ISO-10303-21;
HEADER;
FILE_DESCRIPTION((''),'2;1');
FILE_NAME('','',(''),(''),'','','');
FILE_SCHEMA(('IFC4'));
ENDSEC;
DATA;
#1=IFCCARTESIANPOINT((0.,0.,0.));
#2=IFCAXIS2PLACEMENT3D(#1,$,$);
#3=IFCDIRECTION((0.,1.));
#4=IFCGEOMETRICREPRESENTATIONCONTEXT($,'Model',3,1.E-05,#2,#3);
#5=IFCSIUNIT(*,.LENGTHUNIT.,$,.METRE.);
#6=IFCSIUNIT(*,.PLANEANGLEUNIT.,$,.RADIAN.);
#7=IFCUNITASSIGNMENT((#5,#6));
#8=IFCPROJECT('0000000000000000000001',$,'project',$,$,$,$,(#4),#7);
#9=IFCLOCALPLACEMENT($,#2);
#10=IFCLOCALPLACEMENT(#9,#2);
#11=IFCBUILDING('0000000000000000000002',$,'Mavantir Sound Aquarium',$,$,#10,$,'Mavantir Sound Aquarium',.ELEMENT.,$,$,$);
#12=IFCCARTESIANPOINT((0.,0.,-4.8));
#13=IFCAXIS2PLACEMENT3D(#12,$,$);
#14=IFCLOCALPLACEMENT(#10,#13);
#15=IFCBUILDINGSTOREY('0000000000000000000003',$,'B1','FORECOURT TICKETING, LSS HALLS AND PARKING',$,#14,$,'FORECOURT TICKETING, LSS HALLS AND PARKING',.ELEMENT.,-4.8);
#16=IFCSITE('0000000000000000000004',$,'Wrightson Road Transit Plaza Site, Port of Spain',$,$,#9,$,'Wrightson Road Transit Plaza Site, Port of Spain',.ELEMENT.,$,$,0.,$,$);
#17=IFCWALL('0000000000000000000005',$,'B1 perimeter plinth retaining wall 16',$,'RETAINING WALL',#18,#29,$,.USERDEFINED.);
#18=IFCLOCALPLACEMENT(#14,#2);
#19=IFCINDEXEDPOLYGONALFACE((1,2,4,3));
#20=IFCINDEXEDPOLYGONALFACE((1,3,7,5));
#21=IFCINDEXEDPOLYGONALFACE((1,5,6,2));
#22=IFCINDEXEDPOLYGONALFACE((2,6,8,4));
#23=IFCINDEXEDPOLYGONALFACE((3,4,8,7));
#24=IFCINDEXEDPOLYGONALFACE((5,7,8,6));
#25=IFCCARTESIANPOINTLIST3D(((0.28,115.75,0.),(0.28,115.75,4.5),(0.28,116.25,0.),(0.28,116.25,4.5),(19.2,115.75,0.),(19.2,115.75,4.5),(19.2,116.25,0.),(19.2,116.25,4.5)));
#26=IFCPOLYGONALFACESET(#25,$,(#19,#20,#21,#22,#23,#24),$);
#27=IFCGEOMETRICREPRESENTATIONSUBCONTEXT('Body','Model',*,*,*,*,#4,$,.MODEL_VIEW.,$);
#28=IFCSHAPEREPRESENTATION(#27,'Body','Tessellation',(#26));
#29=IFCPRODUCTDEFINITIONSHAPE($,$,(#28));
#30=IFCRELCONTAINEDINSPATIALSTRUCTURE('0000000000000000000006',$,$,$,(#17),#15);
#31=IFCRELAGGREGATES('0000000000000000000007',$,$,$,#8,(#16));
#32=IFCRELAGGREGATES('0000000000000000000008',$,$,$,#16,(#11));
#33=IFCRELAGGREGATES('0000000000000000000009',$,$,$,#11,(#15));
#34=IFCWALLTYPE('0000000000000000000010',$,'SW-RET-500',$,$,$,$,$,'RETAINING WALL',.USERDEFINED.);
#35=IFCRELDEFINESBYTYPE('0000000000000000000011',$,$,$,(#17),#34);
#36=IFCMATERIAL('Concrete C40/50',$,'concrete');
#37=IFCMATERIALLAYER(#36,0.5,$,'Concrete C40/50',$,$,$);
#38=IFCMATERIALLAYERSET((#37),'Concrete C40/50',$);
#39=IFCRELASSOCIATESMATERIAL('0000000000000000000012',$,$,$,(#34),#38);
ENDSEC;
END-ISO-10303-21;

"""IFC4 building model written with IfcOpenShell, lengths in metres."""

from ifc_helpers import new_model, si_unit, direction, frame, frame_2d, origin, place, context, subcontext, project, spatial, rectangle, extrude, material, layer, layer_set, type_object, element, save


model = new_model("IFC4")

# Units and contexts
model_context = context("Model", 3, precision=1e-05, world=origin(), true_north=direction((0.0, 1.0)))
body_context = subcontext(model_context, "Body", "Model", "MODEL_VIEW")
ifc_project = project(units=[si_unit("LENGTHUNIT", "METRE"), si_unit("PLANEANGLEUNIT", "RADIAN")], contexts=[model_context])

# Site, building, storey
site_placement = place(None, origin())
site = spatial("IfcSite", under=ifc_project, at=site_placement, Name="Wrightson Road Transit Plaza Site, Port of Spain", LongName="Wrightson Road Transit Plaza Site, Port of Spain", CompositionType="ELEMENT", RefElevation=0.0)
building_placement = place(site_placement, origin())
building = spatial("IfcBuilding", under=site, at=building_placement, Name="Mavantir Sound Aquarium", LongName="Mavantir Sound Aquarium", CompositionType="ELEMENT")
storey_placement = place(building_placement, frame((0.0, 0.0, -4.8)))
storey = spatial("IfcBuildingStorey", under=building, at=storey_placement, Name="B1", Description="FORECOURT TICKETING, LSS HALLS AND PARKING", LongName="FORECOURT TICKETING, LSS HALLS AND PARKING", CompositionType="ELEMENT", Elevation=-4.8)

# Shared definitions
ifc_material_1 = material(Name="Concrete C40/50", Category="concrete")

# Wall
ifc_layer = layer(ifc_material_1, 0.5, Name="Concrete C40/50")
ifc_layer_set = layer_set([ifc_layer], Name="Concrete C40/50")
wall_type = type_object("IfcWallType", Name="SW-RET-500", ElementType="RETAINING WALL", PredefinedType="USERDEFINED", material=ifc_layer_set)
wall_placement = place(storey_placement, frame((0.28, 116.0, 0.0), z_axis=(0.0, 0.0, 1.0), x_axis=(1.0, 0.0, 0.0)))
element("IfcWall", 1, at=wall_placement, inside=storey, type_object=wall_type, Name="B1 perimeter plinth retaining wall 16", ObjectType="RETAINING WALL", PredefinedType="USERDEFINED", context=body_context, shape_type="SweptSolid", body=[
    extrude(rectangle(XDim=18.9199, YDim=0.5, at=frame_2d((9.46, 0.0))), origin(), (0.0, 0.0, 1.0), 4.5),
])

save(model, "model.ifc")
